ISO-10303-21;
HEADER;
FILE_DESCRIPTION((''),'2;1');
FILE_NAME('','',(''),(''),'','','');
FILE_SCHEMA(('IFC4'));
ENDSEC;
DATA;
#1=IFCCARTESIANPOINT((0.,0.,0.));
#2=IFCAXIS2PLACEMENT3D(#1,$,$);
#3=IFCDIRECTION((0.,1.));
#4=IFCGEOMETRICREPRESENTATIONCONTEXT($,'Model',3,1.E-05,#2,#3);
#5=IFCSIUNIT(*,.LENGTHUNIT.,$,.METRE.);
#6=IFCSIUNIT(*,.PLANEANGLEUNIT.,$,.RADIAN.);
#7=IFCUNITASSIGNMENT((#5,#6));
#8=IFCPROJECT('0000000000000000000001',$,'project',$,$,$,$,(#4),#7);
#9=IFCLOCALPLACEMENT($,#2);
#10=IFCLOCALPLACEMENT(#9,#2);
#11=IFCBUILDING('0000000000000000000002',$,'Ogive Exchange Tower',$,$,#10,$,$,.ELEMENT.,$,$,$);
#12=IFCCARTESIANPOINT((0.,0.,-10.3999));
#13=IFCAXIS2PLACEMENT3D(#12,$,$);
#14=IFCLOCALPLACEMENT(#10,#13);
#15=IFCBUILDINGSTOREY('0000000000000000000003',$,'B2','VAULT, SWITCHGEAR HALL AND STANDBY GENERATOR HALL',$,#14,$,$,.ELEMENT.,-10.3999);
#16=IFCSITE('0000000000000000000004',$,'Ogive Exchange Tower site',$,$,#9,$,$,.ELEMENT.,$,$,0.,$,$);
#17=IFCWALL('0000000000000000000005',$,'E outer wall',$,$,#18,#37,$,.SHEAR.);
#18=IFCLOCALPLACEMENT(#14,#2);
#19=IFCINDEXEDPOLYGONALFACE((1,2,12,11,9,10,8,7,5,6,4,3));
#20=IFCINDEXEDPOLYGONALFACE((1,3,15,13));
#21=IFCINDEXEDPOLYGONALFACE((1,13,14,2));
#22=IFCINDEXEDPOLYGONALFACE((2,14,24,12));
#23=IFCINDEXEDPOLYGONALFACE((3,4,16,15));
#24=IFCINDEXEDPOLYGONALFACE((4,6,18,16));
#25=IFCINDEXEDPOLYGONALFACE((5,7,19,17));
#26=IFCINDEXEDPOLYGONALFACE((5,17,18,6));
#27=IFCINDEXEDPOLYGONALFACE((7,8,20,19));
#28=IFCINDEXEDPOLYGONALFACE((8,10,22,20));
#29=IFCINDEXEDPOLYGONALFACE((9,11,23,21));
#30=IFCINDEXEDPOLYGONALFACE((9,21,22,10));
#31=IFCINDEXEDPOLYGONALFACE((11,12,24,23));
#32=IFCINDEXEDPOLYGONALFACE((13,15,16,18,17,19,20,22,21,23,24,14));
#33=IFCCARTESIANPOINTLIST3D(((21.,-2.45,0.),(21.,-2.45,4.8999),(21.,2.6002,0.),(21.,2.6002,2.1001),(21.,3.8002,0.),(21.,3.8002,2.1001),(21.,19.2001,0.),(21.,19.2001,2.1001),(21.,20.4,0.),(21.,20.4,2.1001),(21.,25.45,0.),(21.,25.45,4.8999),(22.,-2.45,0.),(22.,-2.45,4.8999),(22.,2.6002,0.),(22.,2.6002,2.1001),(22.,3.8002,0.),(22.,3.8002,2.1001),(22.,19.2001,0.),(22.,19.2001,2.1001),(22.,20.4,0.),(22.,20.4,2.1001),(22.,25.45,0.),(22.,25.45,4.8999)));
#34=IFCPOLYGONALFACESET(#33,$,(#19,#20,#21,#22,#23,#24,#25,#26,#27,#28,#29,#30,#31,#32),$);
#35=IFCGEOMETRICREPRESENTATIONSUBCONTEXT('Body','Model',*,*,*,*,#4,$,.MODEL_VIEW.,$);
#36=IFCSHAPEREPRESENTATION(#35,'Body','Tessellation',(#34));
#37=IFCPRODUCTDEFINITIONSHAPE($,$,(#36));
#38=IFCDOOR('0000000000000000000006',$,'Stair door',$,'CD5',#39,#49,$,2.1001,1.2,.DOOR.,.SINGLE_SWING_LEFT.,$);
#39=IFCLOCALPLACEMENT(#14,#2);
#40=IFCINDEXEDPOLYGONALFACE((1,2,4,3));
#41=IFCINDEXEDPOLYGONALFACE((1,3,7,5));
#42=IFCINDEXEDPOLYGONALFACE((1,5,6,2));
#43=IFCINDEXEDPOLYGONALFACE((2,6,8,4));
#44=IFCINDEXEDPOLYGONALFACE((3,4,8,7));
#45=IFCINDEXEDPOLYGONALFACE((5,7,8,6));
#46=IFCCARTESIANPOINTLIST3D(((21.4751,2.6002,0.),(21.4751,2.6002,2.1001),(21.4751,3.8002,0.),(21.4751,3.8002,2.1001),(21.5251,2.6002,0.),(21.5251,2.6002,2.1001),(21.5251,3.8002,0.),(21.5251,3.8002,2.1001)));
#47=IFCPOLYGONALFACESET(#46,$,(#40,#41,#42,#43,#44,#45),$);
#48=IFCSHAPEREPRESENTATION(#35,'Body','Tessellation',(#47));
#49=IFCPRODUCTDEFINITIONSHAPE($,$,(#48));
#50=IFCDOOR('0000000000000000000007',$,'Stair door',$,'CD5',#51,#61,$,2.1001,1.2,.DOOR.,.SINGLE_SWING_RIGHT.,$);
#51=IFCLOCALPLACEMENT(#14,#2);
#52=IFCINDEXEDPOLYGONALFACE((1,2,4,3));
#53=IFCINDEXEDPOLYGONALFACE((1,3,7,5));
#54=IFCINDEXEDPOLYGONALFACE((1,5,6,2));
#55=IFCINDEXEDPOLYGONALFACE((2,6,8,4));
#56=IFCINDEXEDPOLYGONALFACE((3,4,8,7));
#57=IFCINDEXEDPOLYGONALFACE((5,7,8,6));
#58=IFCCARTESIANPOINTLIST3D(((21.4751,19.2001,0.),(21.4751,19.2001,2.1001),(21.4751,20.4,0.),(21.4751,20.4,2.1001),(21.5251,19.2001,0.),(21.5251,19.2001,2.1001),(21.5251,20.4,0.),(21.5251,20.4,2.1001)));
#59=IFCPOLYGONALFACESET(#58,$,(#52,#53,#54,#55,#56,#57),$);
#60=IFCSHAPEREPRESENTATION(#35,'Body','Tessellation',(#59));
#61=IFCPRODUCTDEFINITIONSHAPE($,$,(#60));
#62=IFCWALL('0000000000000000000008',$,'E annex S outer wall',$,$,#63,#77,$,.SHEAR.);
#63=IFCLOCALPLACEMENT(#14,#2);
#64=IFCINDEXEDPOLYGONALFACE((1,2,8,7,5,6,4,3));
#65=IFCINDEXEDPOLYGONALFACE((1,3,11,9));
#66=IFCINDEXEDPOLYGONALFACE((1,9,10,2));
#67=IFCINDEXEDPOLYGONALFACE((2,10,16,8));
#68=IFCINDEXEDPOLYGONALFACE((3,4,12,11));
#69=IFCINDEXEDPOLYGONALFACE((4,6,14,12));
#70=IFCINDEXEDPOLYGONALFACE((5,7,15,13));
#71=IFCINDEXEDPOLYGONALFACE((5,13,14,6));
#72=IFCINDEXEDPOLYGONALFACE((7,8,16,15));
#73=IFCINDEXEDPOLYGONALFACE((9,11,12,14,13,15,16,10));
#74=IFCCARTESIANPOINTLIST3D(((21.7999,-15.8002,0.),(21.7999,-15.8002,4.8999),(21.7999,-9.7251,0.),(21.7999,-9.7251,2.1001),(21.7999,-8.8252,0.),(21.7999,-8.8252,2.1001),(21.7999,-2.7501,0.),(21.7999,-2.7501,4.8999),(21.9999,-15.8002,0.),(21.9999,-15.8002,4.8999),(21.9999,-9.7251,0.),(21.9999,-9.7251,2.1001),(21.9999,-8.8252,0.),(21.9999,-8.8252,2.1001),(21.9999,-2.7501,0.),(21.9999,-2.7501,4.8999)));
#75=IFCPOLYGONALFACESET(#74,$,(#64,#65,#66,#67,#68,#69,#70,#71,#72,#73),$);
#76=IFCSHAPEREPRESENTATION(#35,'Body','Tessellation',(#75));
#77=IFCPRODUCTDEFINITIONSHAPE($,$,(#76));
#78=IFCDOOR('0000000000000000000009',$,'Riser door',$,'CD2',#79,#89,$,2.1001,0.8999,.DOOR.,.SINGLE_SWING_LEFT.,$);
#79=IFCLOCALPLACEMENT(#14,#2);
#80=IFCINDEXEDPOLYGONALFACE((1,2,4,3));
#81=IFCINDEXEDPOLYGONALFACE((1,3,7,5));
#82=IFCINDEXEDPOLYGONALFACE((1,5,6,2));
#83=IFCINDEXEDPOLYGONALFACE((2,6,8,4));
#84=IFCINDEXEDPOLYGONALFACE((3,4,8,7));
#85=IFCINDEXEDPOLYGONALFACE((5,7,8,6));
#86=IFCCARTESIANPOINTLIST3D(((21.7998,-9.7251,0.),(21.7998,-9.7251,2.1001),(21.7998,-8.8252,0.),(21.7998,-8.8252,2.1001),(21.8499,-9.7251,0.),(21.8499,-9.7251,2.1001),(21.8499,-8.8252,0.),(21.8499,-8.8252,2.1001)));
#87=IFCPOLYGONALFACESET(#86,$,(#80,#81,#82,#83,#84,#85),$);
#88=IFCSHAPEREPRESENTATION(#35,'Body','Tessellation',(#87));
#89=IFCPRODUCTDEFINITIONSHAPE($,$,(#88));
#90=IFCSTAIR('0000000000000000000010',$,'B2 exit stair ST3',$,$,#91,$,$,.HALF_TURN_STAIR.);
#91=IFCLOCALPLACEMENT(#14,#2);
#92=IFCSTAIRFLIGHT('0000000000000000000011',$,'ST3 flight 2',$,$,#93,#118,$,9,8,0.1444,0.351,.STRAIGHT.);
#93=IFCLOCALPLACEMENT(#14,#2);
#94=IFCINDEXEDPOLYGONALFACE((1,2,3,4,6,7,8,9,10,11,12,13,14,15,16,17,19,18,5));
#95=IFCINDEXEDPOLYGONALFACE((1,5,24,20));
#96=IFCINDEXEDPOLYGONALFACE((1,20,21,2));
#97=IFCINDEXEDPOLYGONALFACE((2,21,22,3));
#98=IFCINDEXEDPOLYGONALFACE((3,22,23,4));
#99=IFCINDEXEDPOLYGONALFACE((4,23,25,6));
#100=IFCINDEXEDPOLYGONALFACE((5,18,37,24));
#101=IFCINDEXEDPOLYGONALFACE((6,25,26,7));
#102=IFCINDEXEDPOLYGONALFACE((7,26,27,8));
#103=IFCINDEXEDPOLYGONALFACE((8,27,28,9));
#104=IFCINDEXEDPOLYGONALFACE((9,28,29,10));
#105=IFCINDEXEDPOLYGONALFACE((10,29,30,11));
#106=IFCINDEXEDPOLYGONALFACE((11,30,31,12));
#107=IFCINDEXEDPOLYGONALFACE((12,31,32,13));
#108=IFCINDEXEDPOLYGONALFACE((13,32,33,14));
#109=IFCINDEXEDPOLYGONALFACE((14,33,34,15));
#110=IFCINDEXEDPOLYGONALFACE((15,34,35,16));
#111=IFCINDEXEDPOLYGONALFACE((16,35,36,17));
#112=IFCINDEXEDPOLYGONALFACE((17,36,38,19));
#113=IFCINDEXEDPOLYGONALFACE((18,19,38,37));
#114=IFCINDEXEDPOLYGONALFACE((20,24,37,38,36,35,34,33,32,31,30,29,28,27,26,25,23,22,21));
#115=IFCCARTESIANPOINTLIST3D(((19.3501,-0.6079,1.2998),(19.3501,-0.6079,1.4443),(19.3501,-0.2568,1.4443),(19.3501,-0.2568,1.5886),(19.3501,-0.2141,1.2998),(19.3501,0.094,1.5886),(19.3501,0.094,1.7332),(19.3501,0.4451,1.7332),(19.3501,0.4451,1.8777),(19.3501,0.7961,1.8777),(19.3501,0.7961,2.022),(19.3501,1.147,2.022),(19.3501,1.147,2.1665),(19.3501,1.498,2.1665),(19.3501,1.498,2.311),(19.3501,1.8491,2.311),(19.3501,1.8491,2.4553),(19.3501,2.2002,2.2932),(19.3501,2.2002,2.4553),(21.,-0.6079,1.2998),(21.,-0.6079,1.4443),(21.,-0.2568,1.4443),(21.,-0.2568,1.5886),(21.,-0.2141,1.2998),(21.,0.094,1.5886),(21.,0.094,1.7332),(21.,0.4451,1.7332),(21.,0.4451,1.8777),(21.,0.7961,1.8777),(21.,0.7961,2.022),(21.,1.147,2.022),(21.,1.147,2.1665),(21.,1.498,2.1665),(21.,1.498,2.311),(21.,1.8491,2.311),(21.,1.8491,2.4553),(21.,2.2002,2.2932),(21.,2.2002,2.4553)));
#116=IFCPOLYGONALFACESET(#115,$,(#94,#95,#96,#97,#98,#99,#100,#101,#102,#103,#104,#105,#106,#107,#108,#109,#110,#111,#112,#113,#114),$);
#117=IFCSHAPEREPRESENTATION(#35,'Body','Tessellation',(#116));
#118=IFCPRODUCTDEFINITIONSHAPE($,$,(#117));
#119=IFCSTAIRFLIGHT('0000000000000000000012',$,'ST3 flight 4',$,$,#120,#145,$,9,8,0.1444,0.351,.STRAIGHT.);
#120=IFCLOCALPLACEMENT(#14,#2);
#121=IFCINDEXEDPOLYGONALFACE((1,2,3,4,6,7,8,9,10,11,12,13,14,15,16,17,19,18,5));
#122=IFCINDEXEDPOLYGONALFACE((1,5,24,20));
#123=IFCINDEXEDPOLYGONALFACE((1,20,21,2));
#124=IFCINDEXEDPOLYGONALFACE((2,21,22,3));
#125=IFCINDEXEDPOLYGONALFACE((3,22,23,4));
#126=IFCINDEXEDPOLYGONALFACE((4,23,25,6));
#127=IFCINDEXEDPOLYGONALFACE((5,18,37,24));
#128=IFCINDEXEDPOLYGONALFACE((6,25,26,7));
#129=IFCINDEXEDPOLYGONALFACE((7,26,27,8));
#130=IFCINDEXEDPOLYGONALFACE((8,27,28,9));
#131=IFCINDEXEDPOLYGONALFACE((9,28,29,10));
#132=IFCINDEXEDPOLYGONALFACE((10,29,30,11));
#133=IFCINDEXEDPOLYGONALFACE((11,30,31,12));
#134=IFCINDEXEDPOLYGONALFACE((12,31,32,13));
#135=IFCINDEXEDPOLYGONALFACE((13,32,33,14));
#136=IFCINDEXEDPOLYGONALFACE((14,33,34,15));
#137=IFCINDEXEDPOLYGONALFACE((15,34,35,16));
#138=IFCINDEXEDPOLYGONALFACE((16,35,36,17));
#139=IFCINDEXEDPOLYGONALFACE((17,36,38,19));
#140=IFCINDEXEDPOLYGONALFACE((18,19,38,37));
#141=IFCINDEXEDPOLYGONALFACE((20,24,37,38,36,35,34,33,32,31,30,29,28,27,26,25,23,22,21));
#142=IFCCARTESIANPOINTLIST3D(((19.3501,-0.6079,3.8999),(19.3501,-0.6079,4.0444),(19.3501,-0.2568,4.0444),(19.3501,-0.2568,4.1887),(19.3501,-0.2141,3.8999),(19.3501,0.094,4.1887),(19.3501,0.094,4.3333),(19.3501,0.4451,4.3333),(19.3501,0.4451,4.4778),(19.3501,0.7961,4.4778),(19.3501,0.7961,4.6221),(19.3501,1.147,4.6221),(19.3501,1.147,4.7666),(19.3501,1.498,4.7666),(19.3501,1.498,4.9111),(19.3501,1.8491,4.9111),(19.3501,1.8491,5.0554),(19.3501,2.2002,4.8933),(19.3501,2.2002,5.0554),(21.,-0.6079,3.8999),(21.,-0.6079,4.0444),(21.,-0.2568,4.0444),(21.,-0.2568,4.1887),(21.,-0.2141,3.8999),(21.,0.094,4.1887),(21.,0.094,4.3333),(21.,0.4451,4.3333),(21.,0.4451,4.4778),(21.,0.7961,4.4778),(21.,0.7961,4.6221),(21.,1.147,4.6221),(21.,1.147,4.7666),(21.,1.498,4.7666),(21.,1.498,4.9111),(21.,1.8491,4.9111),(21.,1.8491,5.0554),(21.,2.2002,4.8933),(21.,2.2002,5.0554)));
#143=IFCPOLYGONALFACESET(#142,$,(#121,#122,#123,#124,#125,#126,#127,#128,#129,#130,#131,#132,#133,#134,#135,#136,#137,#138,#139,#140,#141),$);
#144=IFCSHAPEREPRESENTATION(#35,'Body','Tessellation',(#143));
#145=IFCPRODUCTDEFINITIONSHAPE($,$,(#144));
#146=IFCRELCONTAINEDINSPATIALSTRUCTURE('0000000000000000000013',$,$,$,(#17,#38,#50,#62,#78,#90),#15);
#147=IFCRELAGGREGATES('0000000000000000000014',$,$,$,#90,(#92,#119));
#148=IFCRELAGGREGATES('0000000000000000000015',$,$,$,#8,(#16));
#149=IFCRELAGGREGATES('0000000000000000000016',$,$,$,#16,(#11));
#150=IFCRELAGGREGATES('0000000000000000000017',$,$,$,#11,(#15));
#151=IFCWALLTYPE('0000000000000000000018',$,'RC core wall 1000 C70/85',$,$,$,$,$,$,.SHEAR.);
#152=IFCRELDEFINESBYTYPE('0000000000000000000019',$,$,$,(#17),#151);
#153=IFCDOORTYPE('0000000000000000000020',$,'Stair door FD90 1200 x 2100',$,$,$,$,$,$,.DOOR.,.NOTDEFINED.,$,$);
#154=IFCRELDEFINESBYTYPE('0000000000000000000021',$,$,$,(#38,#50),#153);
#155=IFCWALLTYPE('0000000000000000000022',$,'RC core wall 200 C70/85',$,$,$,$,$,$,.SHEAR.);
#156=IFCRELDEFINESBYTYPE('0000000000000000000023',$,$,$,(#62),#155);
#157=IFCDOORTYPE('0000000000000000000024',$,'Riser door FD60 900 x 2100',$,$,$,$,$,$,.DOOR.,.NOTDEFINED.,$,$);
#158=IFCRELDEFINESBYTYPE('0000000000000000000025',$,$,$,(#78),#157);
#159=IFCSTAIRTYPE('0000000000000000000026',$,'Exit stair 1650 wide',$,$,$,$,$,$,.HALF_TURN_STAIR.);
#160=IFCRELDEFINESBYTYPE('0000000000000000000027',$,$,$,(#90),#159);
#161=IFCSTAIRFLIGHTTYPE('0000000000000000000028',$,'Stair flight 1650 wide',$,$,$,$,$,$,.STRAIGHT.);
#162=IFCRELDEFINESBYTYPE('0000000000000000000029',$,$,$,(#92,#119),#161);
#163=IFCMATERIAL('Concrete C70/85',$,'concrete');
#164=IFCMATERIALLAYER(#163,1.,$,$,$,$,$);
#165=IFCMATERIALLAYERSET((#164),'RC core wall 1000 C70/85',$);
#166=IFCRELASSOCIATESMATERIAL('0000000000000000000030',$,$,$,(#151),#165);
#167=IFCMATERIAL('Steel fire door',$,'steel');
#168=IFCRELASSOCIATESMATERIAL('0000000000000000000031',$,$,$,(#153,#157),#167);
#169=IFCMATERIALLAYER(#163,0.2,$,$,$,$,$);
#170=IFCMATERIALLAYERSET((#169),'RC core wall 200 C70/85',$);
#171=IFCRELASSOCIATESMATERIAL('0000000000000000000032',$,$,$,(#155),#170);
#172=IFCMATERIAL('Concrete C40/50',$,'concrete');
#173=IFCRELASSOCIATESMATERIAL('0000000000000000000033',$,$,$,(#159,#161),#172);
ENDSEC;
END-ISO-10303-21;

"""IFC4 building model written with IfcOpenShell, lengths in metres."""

from ifc_helpers import new_model, si_unit, direction, frame, frame_2d, origin, place, context, subcontext, project, spatial, polyline, rectangle, outline, extrude, material, layer, layer_set, type_object, element, fill, aggregate, save


model = new_model("IFC4")

# Units and contexts
model_context = context("Model", 3, precision=1e-05, world=origin(), true_north=direction((0.0, 1.0)))
body_context = subcontext(model_context, "Body", "Model", "MODEL_VIEW")
ifc_project = project(units=[si_unit("LENGTHUNIT", "METRE"), si_unit("PLANEANGLEUNIT", "RADIAN")], contexts=[model_context])

# Site, building, storey
site_placement = place(None, origin())
site = spatial("IfcSite", under=ifc_project, at=site_placement, Name="Ogive Exchange Tower site", CompositionType="ELEMENT", RefElevation=0.0)
building_placement = place(site_placement, origin())
building = spatial("IfcBuilding", under=site, at=building_placement, Name="Ogive Exchange Tower", CompositionType="ELEMENT")
storey_placement = place(building_placement, frame((0.0, 0.0, -10.3999)))
storey = spatial("IfcBuildingStorey", under=building, at=storey_placement, Name="B2", Description="VAULT, SWITCHGEAR HALL AND STANDBY GENERATOR HALL", CompositionType="ELEMENT", Elevation=-10.3999)

# Shared definitions
ifc_material_1 = material(Name="Concrete C40/50", Category="concrete")

# Shared definitions
ifc_material_2 = material(Name="Concrete C70/85", Category="concrete")

# Wall, openings, doors
ifc_layer_1 = layer(ifc_material_2, 1.0)
ifc_layer_set_1 = layer_set([ifc_layer_1], Name="RC core wall 1000 C70/85")
wall_type_1 = type_object("IfcWallType", Name="RC core wall 1000 C70/85", PredefinedType="SHEAR", material=ifc_layer_set_1)
wall_1_placement = place(storey_placement, frame((21.5, -2.45, 0.0), z_axis=(0.0, 0.0, 1.0), x_axis=(0.0, 1.0, 0.0)))
wall_1 = element("IfcWall", 1, at=wall_1_placement, inside=storey, type_object=wall_type_1, Name="E outer wall", PredefinedType="SHEAR", context=body_context, shape_type="SweptSolid", body=[
    extrude(rectangle(XDim=27.8999, YDim=1.0, at=frame_2d((13.95, 0.0))), origin(), (0.0, 0.0, 1.0), 4.8999),
])
opening_1_placement = place(wall_1_placement, frame((5.05, 0.0, 0.0)))
opening_1 = element("IfcOpeningElement", 2, at=opening_1_placement, cuts=wall_1, PredefinedType="OPENING", context=body_context, shape_type="SweptSolid", body=[
    extrude(rectangle(XDim=1.2, YDim=2.1001, at=frame_2d((0.6001, 1.05))), frame((0.0, 0.51, 0.0), z_axis=(0.0, -1.0, 0.0), x_axis=(1.0, 0.0, 0.0)), (0.0, 0.0, 1.0), 1.02),
])
opening_2_placement = place(wall_1_placement, frame((21.6499, 0.0, 0.0)))
opening_2 = element("IfcOpeningElement", 3, at=opening_2_placement, cuts=wall_1, PredefinedType="OPENING", context=body_context, shape_type="SweptSolid", body=[
    extrude(rectangle(XDim=1.2, YDim=2.1001, at=frame_2d((0.6001, 1.05))), frame((0.0, 0.51, 0.0), z_axis=(0.0, -1.0, 0.0), x_axis=(1.0, 0.0, 0.0)), (0.0, 0.0, 1.0), 1.02),
])
ifc_material_3 = material(Name="Steel fire door", Category="steel")
door_type_1 = type_object("IfcDoorType", Name="Stair door FD90 1200 x 2100", OperationType="NOTDEFINED", PredefinedType="DOOR", material=ifc_material_3)
door_1_placement = place(opening_1_placement, origin())
door_1 = element("IfcDoor", 4, at=door_1_placement, inside=storey, type_object=door_type_1, Name="Stair door", ObjectType="CD5", OperationType="SINGLE_SWING_LEFT", OverallHeight=2.1001, OverallWidth=1.2, PredefinedType="DOOR", context=body_context, shape_type="SweptSolid", body=[
    extrude(rectangle(XDim=1.2, YDim=2.1001, at=frame_2d((0.6001, 1.05))), frame((0.0, 0.0249, 0.0), z_axis=(0.0, -1.0, 0.0), x_axis=(1.0, 0.0, 0.0)), (0.0, 0.0, 1.0), 0.05),
])
fill(opening_1, door_1)
door_2_placement = place(opening_2_placement, origin())
door_2 = element("IfcDoor", 5, at=door_2_placement, inside=storey, type_object=door_type_1, Name="Stair door", ObjectType="CD5", OperationType="SINGLE_SWING_RIGHT", OverallHeight=2.1001, OverallWidth=1.2, PredefinedType="DOOR", context=body_context, shape_type="SweptSolid", body=[
    extrude(rectangle(XDim=1.2, YDim=2.1001, at=frame_2d((0.6001, 1.05))), frame((0.0, 0.0249, 0.0), z_axis=(0.0, -1.0, 0.0), x_axis=(1.0, 0.0, 0.0)), (0.0, 0.0, 1.0), 0.05),
])
fill(opening_2, door_2)

# Wall, opening, door
ifc_layer_2 = layer(ifc_material_2, 0.2)
ifc_layer_set_2 = layer_set([ifc_layer_2], Name="RC core wall 200 C70/85")
wall_type_2 = type_object("IfcWallType", Name="RC core wall 200 C70/85", PredefinedType="SHEAR", material=ifc_layer_set_2)
wall_2_placement = place(storey_placement, frame((21.8999, -15.8, 0.0), z_axis=(0.0, 0.0, 1.0), x_axis=(0.0, 1.0, 0.0)))
wall_2 = element("IfcWall", 6, at=wall_2_placement, inside=storey, type_object=wall_type_2, Name="E annex S outer wall", PredefinedType="SHEAR", context=body_context, shape_type="SweptSolid", body=[
    extrude(rectangle(XDim=13.05, YDim=0.2, at=frame_2d((6.5249, 0.0))), origin(), (0.0, 0.0, 1.0), 4.8999),
])
opening_3_placement = place(wall_2_placement, frame((6.075, 0.0, 0.0)))
opening_3 = element("IfcOpeningElement", 7, at=opening_3_placement, cuts=wall_2, PredefinedType="OPENING", context=body_context, shape_type="SweptSolid", body=[
    extrude(rectangle(XDim=0.8999, YDim=2.1001, at=frame_2d((0.45, 1.05))), frame((0.0, 0.1099, 0.0), z_axis=(0.0, -1.0, 0.0), x_axis=(1.0, 0.0, 0.0)), (0.0, 0.0, 1.0), 0.22),
])
door_type_2 = type_object("IfcDoorType", Name="Riser door FD60 900 x 2100", OperationType="NOTDEFINED", PredefinedType="DOOR", material=ifc_material_3)
door_3_placement = place(opening_3_placement, origin())
door_3 = element("IfcDoor", 8, at=door_3_placement, inside=storey, type_object=door_type_2, Name="Riser door", ObjectType="CD2", OperationType="SINGLE_SWING_LEFT", OverallHeight=2.1001, OverallWidth=0.8999, PredefinedType="DOOR", context=body_context, shape_type="SweptSolid", body=[
    extrude(rectangle(XDim=0.8999, YDim=2.1001, at=frame_2d((0.45, 1.05))), frame((0.0, 0.1001, 0.0), z_axis=(0.0, -1.0, 0.0), x_axis=(1.0, 0.0, 0.0)), (0.0, 0.0, 1.0), 0.05),
])
fill(opening_3, door_3)

# Stair, stair flights
stair_type = type_object("IfcStairType", Name="Exit stair 1650 wide", PredefinedType="HALF_TURN_STAIR", material=ifc_material_1)
stair_placement = place(storey_placement, origin())
stair = element("IfcStair", 9, at=stair_placement, inside=storey, type_object=stair_type, Name="B2 exit stair ST3", PredefinedType="HALF_TURN_STAIR")
stair_flight_type = type_object("IfcStairFlightType", Name="Stair flight 1650 wide", PredefinedType="STRAIGHT", material=ifc_material_1)
stair_flight_1_placement = place(storey_placement, frame((20.175, -0.6079, 1.2998), z_axis=(0.0, 0.0, 1.0), x_axis=(0.0, 1.0, 0.0)))
stair_flight_1 = element("IfcStairFlight", 10, at=stair_flight_1_placement, type_object=stair_flight_type, Name="ST3 flight 2", NumberOfRisers=9, NumberOfTreads=8, PredefinedType="STRAIGHT", RiserHeight=0.1444, TreadLength=0.351, context=body_context, shape_type="SweptSolid", body=[
    extrude(outline(polyline([(0.0, 0.0), (0.0, 0.1445), (0.3511, 0.1445), (0.3511, 0.2888), (0.7019, 0.2888), (0.7019, 0.4333), (1.053, 0.4333), (1.053, 0.5779), (1.4041, 0.5779), (1.4041, 0.7222), (1.7549, 0.7222), (1.7549, 0.8667), (2.106, 0.8667), (2.106, 1.0112), (2.457, 1.0112), (2.457, 1.1555), (2.8081, 1.1555), (2.8081, 1.3), (2.8081, 0.9934), (0.3938, 0.0), (0.0, 0.0)])), frame((0.0, 0.825, 0.0), z_axis=(0.0, -1.0, 0.0), x_axis=(1.0, 0.0, 0.0)), (0.0, 0.0, 1.0), 1.6499),
])
stair_flight_2_placement = place(storey_placement, frame((20.175, -0.6079, 3.8999), z_axis=(0.0, 0.0, 1.0), x_axis=(0.0, 1.0, 0.0)))
stair_flight_2 = element("IfcStairFlight", 11, at=stair_flight_2_placement, type_object=stair_flight_type, Name="ST3 flight 4", NumberOfRisers=9, NumberOfTreads=8, PredefinedType="STRAIGHT", RiserHeight=0.1444, TreadLength=0.351, context=body_context, shape_type="SweptSolid", body=[
    extrude(outline(polyline([(0.0, 0.0), (0.0, 0.1445), (0.3511, 0.1445), (0.3511, 0.2888), (0.7019, 0.2888), (0.7019, 0.4333), (1.053, 0.4333), (1.053, 0.5779), (1.4041, 0.5779), (1.4041, 0.7222), (1.7549, 0.7222), (1.7549, 0.8667), (2.106, 0.8667), (2.106, 1.0112), (2.457, 1.0112), (2.457, 1.1555), (2.8081, 1.1555), (2.8081, 1.3), (2.8081, 0.9934), (0.3938, 0.0), (0.0, 0.0)])), frame((0.0, 0.825, 0.0), z_axis=(0.0, -1.0, 0.0), x_axis=(1.0, 0.0, 0.0)), (0.0, 0.0, 1.0), 1.6499),
])
aggregate(stair, [stair_flight_1, stair_flight_2])

save(model, "model.ifc")
